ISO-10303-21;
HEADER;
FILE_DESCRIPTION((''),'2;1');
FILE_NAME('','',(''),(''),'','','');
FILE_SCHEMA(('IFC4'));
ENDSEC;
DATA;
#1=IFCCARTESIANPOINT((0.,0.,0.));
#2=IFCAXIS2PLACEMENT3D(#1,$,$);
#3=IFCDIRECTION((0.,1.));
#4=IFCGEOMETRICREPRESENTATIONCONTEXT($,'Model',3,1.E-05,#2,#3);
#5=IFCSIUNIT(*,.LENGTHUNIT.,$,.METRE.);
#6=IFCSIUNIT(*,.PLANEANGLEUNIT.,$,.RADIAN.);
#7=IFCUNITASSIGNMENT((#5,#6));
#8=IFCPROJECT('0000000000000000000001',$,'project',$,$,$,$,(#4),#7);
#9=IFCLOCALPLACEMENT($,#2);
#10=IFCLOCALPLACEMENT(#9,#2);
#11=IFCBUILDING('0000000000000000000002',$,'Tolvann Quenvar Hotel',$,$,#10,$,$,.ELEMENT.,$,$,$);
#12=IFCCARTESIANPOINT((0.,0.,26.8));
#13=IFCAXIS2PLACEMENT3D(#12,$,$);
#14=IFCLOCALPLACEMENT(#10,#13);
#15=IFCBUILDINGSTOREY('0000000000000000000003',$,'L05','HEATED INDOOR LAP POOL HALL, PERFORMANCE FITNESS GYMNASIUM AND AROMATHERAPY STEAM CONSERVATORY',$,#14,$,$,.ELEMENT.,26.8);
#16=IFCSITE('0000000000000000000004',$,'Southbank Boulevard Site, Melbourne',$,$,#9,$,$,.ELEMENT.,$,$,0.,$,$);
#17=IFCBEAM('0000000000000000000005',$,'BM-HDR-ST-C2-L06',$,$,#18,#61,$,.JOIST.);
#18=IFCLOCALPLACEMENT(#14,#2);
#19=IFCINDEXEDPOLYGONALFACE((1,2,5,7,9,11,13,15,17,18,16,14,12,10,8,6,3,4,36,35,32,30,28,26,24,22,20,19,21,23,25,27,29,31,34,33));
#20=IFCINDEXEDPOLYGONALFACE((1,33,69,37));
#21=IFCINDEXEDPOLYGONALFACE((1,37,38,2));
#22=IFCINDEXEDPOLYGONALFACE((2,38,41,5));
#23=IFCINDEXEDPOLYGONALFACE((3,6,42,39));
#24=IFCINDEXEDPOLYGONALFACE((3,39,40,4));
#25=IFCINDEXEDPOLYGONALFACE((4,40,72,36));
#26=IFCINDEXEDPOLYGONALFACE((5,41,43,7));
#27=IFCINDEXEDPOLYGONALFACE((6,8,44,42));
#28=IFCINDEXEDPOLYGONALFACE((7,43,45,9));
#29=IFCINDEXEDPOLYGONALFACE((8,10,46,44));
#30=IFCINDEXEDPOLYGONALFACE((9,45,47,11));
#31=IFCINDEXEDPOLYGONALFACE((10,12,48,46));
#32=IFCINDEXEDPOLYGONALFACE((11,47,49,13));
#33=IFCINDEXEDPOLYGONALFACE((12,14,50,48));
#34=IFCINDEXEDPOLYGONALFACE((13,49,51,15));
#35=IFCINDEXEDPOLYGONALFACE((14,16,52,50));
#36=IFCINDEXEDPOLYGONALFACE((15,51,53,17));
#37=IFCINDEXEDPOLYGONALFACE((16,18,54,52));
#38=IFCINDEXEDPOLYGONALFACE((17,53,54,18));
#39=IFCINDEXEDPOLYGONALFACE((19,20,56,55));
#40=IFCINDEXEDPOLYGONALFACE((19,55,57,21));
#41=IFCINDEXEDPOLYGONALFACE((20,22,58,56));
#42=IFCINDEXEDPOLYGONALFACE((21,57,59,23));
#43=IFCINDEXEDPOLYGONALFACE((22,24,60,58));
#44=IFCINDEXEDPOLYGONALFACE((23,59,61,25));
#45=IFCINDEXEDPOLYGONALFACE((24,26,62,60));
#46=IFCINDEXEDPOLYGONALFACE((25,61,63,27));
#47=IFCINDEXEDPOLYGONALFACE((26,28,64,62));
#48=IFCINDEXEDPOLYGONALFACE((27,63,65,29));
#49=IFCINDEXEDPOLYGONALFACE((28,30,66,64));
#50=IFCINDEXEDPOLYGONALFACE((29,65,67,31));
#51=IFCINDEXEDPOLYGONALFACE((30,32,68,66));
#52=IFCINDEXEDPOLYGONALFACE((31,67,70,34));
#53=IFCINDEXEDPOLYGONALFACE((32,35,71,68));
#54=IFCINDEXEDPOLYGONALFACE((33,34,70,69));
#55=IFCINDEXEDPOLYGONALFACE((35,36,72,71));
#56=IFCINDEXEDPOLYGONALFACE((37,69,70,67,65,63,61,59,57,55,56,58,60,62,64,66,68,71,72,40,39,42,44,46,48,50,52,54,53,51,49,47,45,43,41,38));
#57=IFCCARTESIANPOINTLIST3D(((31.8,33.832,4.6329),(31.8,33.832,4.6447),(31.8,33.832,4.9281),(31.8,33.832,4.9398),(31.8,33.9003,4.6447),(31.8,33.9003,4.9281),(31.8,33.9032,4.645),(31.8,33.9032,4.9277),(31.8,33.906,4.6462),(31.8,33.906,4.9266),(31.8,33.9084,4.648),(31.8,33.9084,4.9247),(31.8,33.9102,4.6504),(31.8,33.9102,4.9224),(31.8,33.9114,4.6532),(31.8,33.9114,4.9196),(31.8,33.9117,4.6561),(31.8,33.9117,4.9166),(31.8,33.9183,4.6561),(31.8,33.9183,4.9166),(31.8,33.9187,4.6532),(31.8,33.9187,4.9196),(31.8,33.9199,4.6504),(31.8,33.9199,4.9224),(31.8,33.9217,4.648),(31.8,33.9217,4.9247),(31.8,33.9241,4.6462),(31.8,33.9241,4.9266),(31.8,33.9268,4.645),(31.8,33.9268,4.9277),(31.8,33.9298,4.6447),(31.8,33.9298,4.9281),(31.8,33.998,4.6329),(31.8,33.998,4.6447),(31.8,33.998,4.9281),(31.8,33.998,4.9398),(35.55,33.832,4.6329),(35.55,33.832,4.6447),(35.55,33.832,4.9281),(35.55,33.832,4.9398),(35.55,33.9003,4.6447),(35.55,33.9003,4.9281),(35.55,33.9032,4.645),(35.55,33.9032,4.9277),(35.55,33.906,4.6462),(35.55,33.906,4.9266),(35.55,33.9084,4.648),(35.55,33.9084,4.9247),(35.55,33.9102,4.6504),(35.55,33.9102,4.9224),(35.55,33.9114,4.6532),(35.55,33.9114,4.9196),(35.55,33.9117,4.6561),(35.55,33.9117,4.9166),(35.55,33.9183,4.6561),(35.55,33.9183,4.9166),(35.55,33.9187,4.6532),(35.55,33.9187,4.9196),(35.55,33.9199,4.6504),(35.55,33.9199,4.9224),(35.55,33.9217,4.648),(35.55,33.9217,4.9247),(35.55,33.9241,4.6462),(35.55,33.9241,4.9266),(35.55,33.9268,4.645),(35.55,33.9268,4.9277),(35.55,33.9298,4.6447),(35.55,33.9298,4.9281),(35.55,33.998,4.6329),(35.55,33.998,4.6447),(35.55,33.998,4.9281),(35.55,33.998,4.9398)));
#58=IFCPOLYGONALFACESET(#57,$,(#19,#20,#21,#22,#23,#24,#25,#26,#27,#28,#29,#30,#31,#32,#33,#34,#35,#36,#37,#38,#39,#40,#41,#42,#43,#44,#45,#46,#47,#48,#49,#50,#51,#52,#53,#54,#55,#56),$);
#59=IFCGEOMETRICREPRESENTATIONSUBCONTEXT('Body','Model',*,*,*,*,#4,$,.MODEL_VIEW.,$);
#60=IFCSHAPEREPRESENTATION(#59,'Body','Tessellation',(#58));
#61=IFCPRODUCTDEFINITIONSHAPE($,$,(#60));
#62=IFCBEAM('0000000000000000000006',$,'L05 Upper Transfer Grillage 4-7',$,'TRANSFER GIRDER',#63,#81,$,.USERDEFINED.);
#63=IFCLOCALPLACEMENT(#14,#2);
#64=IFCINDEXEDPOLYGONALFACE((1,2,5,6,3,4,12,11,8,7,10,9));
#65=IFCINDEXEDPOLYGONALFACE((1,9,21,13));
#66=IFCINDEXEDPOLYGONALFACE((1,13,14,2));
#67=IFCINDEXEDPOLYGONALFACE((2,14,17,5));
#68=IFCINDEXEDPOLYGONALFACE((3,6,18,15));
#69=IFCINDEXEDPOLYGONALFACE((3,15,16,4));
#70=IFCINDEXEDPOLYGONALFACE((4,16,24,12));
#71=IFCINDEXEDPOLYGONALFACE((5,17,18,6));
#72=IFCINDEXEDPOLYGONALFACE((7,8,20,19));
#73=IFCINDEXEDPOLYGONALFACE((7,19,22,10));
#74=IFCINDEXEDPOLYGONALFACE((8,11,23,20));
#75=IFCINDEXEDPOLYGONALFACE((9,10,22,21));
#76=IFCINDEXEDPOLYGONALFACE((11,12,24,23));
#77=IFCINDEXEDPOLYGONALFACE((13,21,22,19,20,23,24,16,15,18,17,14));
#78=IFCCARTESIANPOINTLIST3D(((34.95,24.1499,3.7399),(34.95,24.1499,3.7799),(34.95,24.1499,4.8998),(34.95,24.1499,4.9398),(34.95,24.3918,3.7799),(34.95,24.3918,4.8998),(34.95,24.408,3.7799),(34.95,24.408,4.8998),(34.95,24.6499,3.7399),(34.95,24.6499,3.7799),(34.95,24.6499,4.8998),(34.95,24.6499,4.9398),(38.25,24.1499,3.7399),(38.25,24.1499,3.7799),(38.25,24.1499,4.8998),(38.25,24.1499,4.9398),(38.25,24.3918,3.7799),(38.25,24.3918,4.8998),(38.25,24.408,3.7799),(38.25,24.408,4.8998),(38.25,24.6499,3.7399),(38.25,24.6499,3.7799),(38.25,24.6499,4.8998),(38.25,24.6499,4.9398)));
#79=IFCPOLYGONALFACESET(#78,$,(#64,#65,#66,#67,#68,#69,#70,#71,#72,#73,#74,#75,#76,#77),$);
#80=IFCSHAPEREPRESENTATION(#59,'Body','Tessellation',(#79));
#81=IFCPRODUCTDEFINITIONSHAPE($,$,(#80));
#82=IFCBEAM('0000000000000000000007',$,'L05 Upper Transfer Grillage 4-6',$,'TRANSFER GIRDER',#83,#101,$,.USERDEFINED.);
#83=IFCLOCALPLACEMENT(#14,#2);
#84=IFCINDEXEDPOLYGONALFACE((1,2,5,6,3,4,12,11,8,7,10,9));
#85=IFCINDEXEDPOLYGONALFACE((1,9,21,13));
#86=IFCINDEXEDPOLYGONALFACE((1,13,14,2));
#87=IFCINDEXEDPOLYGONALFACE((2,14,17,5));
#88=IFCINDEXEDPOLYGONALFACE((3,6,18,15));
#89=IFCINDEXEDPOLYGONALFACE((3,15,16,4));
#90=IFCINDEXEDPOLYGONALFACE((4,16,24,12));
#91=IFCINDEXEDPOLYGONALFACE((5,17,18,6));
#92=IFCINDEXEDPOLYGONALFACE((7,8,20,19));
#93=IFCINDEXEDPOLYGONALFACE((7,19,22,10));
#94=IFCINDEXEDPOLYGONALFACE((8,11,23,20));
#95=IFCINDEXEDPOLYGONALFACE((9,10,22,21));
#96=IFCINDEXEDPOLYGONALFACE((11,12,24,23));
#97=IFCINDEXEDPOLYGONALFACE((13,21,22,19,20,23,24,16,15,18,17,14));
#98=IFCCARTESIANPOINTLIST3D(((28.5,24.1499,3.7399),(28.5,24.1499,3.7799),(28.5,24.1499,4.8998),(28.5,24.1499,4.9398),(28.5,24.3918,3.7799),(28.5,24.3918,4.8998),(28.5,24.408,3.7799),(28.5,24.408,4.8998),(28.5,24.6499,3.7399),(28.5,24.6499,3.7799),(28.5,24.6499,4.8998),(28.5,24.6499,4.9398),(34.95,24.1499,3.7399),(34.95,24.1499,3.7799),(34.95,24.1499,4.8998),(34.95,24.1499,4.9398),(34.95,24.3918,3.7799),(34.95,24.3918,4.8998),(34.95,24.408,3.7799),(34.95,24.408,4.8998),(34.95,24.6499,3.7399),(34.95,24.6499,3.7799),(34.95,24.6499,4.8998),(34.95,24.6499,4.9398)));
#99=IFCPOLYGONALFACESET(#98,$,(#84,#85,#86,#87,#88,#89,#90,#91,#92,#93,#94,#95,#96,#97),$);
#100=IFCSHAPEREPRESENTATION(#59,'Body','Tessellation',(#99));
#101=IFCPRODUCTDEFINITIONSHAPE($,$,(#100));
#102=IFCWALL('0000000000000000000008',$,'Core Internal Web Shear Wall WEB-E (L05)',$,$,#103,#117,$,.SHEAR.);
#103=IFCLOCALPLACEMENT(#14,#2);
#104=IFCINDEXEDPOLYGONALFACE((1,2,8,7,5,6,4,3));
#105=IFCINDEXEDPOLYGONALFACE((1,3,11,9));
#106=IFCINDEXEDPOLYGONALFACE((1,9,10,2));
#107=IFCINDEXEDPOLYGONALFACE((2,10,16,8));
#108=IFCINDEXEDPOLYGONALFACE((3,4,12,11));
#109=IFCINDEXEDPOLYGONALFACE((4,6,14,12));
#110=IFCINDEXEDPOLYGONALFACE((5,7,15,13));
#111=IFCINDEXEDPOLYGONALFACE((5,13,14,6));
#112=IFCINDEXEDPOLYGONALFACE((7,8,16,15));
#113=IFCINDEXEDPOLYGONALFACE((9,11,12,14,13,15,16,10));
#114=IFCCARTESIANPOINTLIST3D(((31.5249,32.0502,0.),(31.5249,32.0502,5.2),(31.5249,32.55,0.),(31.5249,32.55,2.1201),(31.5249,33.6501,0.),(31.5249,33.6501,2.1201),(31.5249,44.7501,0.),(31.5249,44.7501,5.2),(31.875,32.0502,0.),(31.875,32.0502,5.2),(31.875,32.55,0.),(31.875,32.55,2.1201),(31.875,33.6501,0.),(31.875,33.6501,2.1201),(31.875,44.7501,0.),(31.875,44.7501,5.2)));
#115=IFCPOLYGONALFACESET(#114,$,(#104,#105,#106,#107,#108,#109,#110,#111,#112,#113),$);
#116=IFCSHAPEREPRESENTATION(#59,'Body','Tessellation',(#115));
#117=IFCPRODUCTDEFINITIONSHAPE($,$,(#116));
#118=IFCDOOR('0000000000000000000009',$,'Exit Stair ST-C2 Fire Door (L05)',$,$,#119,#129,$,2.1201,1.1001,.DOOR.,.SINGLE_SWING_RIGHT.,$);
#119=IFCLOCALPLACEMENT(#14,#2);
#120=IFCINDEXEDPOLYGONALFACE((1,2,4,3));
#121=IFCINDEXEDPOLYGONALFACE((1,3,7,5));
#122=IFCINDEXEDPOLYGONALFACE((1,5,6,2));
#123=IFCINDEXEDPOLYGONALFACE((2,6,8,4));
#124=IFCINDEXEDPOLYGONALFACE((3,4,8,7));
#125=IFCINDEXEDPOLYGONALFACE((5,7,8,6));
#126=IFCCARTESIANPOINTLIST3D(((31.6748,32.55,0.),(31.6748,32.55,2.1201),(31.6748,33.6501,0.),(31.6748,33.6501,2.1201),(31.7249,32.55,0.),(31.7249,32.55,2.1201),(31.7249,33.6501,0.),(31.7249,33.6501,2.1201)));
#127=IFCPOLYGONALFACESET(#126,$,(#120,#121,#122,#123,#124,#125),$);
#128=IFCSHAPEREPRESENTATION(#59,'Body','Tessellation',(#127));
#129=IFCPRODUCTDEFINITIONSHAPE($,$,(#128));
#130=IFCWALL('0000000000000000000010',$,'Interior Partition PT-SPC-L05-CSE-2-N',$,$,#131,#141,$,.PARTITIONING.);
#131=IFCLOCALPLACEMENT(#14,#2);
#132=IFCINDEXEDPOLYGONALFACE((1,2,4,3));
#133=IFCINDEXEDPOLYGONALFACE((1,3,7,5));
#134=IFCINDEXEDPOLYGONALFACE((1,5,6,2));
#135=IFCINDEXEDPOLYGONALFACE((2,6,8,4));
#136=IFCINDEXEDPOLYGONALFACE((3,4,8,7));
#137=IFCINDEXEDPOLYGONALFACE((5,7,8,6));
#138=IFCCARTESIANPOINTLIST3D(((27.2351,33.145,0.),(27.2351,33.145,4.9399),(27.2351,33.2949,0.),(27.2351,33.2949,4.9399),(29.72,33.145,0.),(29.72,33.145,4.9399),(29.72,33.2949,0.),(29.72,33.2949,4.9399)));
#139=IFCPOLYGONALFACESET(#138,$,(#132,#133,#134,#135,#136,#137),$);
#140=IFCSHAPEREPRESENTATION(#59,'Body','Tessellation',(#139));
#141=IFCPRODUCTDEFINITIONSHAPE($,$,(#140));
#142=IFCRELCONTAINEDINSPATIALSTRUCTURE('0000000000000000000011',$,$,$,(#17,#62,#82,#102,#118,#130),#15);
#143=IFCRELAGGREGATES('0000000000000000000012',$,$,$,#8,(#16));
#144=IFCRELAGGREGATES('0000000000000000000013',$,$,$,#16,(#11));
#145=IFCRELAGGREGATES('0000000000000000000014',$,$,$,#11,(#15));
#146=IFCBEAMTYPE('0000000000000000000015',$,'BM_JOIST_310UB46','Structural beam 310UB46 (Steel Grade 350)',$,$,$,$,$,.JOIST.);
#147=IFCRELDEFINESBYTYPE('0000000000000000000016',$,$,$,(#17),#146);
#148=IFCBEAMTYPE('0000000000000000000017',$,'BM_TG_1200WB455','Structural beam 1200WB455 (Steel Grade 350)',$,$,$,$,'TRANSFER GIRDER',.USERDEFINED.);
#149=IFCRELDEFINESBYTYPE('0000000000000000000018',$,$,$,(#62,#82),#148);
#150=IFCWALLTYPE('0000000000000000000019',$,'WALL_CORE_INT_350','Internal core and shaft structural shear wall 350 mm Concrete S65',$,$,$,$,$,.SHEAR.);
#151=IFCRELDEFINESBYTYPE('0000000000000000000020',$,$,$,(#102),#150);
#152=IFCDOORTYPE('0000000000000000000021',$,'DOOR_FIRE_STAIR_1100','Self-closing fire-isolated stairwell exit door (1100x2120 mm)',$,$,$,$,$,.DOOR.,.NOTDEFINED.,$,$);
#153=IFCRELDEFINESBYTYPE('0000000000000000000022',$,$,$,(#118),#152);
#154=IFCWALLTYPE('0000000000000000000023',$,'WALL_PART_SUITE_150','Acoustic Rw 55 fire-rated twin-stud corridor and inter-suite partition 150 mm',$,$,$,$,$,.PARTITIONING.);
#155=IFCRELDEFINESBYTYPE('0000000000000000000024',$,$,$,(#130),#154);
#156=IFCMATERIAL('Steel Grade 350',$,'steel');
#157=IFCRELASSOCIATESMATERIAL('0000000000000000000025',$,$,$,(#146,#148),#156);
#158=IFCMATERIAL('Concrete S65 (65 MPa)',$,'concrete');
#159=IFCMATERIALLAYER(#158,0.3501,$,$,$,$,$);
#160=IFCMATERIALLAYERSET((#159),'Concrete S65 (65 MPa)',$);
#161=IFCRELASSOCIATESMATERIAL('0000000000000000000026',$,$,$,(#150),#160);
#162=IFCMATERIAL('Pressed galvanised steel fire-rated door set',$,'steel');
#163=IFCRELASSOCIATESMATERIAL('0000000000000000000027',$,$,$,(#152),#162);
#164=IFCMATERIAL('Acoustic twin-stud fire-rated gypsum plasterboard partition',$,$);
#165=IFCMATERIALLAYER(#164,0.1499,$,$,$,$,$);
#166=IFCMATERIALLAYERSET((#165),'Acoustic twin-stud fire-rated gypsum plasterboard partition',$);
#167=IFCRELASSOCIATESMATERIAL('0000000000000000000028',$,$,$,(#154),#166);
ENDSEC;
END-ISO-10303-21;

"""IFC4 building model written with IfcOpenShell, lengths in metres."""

from ifc_helpers import new_model, si_unit, direction, frame, frame_2d, origin, origin_2d, place, context, subcontext, project, spatial, rectangle, i_section, extrude, source, transform, mapped, material, layer, layer_set, material_profile, profile_set, type_object, type_shapes, element, fill, save


model = new_model("IFC4")

# Units and contexts
model_context = context("Model", 3, precision=1e-05, world=origin(), true_north=direction((0.0, 1.0)))
body_context = subcontext(model_context, "Body", "Model", "MODEL_VIEW")
ifc_project = project(units=[si_unit("LENGTHUNIT", "METRE"), si_unit("PLANEANGLEUNIT", "RADIAN")], contexts=[model_context])

# Site, building, storey
site_placement = place(None, origin())
site = spatial("IfcSite", under=ifc_project, at=site_placement, Name="Southbank Boulevard Site, Melbourne", CompositionType="ELEMENT", RefElevation=0.0)
building_placement = place(site_placement, origin())
building = spatial("IfcBuilding", under=site, at=building_placement, Name="Tolvann Quenvar Hotel", CompositionType="ELEMENT")
storey_placement = place(building_placement, frame((0.0, 0.0, 26.8)))
storey = spatial("IfcBuildingStorey", under=building, at=storey_placement, Name="L05", Description="HEATED INDOOR LAP POOL HALL, PERFORMANCE FITNESS GYMNASIUM AND AROMATHERAPY STEAM CONSERVATORY", CompositionType="ELEMENT", Elevation=26.8)

# Beams
ifc_material_1 = material(Name="Steel Grade 350", Category="steel")
ifc_material_profile_1 = material_profile(ifc_material_1, i_section(OverallWidth=0.166, OverallDepth=0.3069, WebThickness=0.0066, FlangeThickness=0.0117, FilletRadius=0.0115, at=origin_2d()), Name="310UB46")
ifc_profile_set_1 = profile_set([ifc_material_profile_1], Name="Steel Grade 350")
beam_type_1 = type_object("IfcBeamType", Name="BM_JOIST_310UB46", Description="Structural beam 310UB46 (Steel Grade 350)", PredefinedType="JOIST", material=ifc_profile_set_1)
shared_shape_1 = source(origin(), body_context, "Body", "SweptSolid", [
    extrude(i_section(OverallWidth=0.166, OverallDepth=0.3069, WebThickness=0.0066, FlangeThickness=0.0117, FilletRadius=0.0115, at=origin_2d()), origin(), (0.0, 0.0, 1.0), 3.75),
])
type_shapes(beam_type_1, [shared_shape_1])
beam_1_placement = place(storey_placement, frame((31.8, 33.915, 4.7864), z_axis=(1.0, 0.0, 0.0), x_axis=(0.0, 1.0, 0.0)))
element("IfcBeam", 1, at=beam_1_placement, inside=storey, type_object=beam_type_1, Name="BM-HDR-ST-C2-L06", PredefinedType="JOIST", context=body_context, shape_type="MappedRepresentation", body=[
    mapped(shared_shape_1, transform((0.0, 0.0, 0.0), x_axis=(1.0, 0.0, 0.0), y_axis=(0.0, 1.0, 0.0), z_axis=(0.0, 0.0, 1.0), scale=1.0)),
])
ifc_material_profile_2 = material_profile(ifc_material_1, i_section(OverallWidth=0.5, OverallDepth=1.2, WebThickness=0.0161, FlangeThickness=0.04, at=origin_2d()), Name="1200WB455")
ifc_profile_set_2 = profile_set([ifc_material_profile_2], Name="Steel Grade 350")
beam_type_2 = type_object("IfcBeamType", Name="BM_TG_1200WB455", Description="Structural beam 1200WB455 (Steel Grade 350)", ElementType="TRANSFER GIRDER", PredefinedType="USERDEFINED", material=ifc_profile_set_2)
shared_shape_2 = source(origin(), body_context, "Body", "SweptSolid", [
    extrude(i_section(OverallWidth=0.5, OverallDepth=1.2, WebThickness=0.0161, FlangeThickness=0.04, at=origin_2d()), origin(), (0.0, 0.0, 1.0), 3.3),
])
beam_2_placement = place(storey_placement, frame((34.95, 24.3999, 4.3398), z_axis=(1.0, 0.0, 0.0), x_axis=(0.0, 1.0, 0.0)))
element("IfcBeam", 2, at=beam_2_placement, inside=storey, type_object=beam_type_2, Name="L05 Upper Transfer Grillage 4-7", ObjectType="TRANSFER GIRDER", PredefinedType="USERDEFINED", context=body_context, shape_type="MappedRepresentation", body=[
    mapped(shared_shape_2, transform((0.0, 0.0, 0.0), x_axis=(1.0, 0.0, 0.0), y_axis=(0.0, 1.0, 0.0), z_axis=(0.0, 0.0, 1.0), scale=1.0)),
])
shared_shape_3 = source(origin(), body_context, "Body", "SweptSolid", [
    extrude(i_section(OverallWidth=0.5, OverallDepth=1.2, WebThickness=0.0161, FlangeThickness=0.04, at=origin_2d()), origin(), (0.0, 0.0, 1.0), 6.45),
])
type_shapes(beam_type_2, [shared_shape_2, shared_shape_3])
beam_3_placement = place(storey_placement, frame((28.5, 24.3999, 4.3398), z_axis=(1.0, 0.0, 0.0), x_axis=(0.0, 1.0, 0.0)))
element("IfcBeam", 3, at=beam_3_placement, inside=storey, type_object=beam_type_2, Name="L05 Upper Transfer Grillage 4-6", ObjectType="TRANSFER GIRDER", PredefinedType="USERDEFINED", context=body_context, shape_type="MappedRepresentation", body=[
    mapped(shared_shape_3, transform((0.0, 0.0, 0.0), x_axis=(1.0, 0.0, 0.0), y_axis=(0.0, 1.0, 0.0), z_axis=(0.0, 0.0, 1.0), scale=1.0)),
])

# Wall, opening, door
ifc_material_2 = material(Name="Concrete S65 (65 MPa)", Category="concrete")
ifc_layer_1 = layer(ifc_material_2, 0.3501)
ifc_layer_set_1 = layer_set([ifc_layer_1], Name="Concrete S65 (65 MPa)")
wall_type_1 = type_object("IfcWallType", Name="WALL_CORE_INT_350", Description="Internal core and shaft structural shear wall 350 mm Concrete S65", PredefinedType="SHEAR", material=ifc_layer_set_1)
wall_1_placement = place(storey_placement, frame((31.7, 32.05, 0.0), z_axis=(0.0, 0.0, 1.0), x_axis=(0.0, 1.0, 0.0)))
wall_1 = element("IfcWall", 4, at=wall_1_placement, inside=storey, type_object=wall_type_1, Name="Core Internal Web Shear Wall WEB-E (L05)", PredefinedType="SHEAR", context=body_context, shape_type="SweptSolid", body=[
    extrude(rectangle(XDim=12.7, YDim=0.3501, at=frame_2d((6.3501, 0.0))), origin(), (0.0, 0.0, 1.0), 5.2),
])
opening_1_placement = place(wall_1_placement, frame((1.6001, 0.0, 0.0), z_axis=(0.0, 0.0, 1.0), x_axis=(-1.0, 0.0, 0.0)))
opening_1 = element("IfcOpeningElement", 5, at=opening_1_placement, cuts=wall_1, PredefinedType="OPENING", context=body_context, shape_type="SweptSolid", body=[
    extrude(rectangle(XDim=1.1001, YDim=2.1201, at=frame_2d((0.55, 1.0601))), frame((0.0, 0.1851, 0.0), z_axis=(0.0, -1.0, 0.0), x_axis=(1.0, 0.0, 0.0)), (0.0, 0.0, 1.0), 0.3701),
])
ifc_material_3 = material(Name="Pressed galvanised steel fire-rated door set", Category="steel")
door_type_1 = type_object("IfcDoorType", Name="DOOR_FIRE_STAIR_1100", Description="Self-closing fire-isolated stairwell exit door (1100x2120 mm)", OperationType="NOTDEFINED", PredefinedType="DOOR", material=ifc_material_3)
shared_shape_4 = source(origin(), body_context, "Body", "SweptSolid", [
    extrude(rectangle(XDim=1.1001, YDim=2.1201, at=frame_2d((0.55, 1.0601))), frame((0.0, 0.0249, 0.0), z_axis=(0.0, -1.0, 0.0), x_axis=(1.0, 0.0, 0.0)), (0.0, 0.0, 1.0), 0.05),
])
type_shapes(door_type_1, [shared_shape_4])
door_1_placement = place(opening_1_placement, origin())
door_1 = element("IfcDoor", 6, at=door_1_placement, inside=storey, type_object=door_type_1, Name="Exit Stair ST-C2 Fire Door (L05)", OperationType="SINGLE_SWING_RIGHT", OverallHeight=2.1201, OverallWidth=1.1001, PredefinedType="DOOR", context=body_context, shape_type="MappedRepresentation", body=[
    mapped(shared_shape_4, transform((0.0, 0.0, 0.0), x_axis=(1.0, 0.0, 0.0), y_axis=(0.0, 1.0, 0.0), z_axis=(0.0, 0.0, 1.0), scale=1.0)),
])
fill(opening_1, door_1)

# Wall
ifc_material_4 = material(Name="Acoustic twin-stud fire-rated gypsum plasterboard partition")
ifc_layer_2 = layer(ifc_material_4, 0.1499)
ifc_layer_set_2 = layer_set([ifc_layer_2], Name="Acoustic twin-stud fire-rated gypsum plasterboard partition")
wall_type_2 = type_object("IfcWallType", Name="WALL_PART_SUITE_150", Description="Acoustic Rw 55 fire-rated twin-stud corridor and inter-suite partition 150 mm", PredefinedType="PARTITIONING", material=ifc_layer_set_2)
wall_2_placement = place(storey_placement, frame((27.2351, 33.22, 0.0), z_axis=(0.0, 0.0, 1.0), x_axis=(1.0, 0.0, 0.0)))
element("IfcWall", 7, at=wall_2_placement, inside=storey, type_object=wall_type_2, Name="Interior Partition PT-SPC-L05-CSE-2-N", PredefinedType="PARTITIONING", context=body_context, shape_type="SweptSolid", body=[
    extrude(rectangle(XDim=2.4849, YDim=0.1499, at=frame_2d((1.2424, 0.0))), origin(), (0.0, 0.0, 1.0), 4.9399),
])

save(model, "model.ifc")
